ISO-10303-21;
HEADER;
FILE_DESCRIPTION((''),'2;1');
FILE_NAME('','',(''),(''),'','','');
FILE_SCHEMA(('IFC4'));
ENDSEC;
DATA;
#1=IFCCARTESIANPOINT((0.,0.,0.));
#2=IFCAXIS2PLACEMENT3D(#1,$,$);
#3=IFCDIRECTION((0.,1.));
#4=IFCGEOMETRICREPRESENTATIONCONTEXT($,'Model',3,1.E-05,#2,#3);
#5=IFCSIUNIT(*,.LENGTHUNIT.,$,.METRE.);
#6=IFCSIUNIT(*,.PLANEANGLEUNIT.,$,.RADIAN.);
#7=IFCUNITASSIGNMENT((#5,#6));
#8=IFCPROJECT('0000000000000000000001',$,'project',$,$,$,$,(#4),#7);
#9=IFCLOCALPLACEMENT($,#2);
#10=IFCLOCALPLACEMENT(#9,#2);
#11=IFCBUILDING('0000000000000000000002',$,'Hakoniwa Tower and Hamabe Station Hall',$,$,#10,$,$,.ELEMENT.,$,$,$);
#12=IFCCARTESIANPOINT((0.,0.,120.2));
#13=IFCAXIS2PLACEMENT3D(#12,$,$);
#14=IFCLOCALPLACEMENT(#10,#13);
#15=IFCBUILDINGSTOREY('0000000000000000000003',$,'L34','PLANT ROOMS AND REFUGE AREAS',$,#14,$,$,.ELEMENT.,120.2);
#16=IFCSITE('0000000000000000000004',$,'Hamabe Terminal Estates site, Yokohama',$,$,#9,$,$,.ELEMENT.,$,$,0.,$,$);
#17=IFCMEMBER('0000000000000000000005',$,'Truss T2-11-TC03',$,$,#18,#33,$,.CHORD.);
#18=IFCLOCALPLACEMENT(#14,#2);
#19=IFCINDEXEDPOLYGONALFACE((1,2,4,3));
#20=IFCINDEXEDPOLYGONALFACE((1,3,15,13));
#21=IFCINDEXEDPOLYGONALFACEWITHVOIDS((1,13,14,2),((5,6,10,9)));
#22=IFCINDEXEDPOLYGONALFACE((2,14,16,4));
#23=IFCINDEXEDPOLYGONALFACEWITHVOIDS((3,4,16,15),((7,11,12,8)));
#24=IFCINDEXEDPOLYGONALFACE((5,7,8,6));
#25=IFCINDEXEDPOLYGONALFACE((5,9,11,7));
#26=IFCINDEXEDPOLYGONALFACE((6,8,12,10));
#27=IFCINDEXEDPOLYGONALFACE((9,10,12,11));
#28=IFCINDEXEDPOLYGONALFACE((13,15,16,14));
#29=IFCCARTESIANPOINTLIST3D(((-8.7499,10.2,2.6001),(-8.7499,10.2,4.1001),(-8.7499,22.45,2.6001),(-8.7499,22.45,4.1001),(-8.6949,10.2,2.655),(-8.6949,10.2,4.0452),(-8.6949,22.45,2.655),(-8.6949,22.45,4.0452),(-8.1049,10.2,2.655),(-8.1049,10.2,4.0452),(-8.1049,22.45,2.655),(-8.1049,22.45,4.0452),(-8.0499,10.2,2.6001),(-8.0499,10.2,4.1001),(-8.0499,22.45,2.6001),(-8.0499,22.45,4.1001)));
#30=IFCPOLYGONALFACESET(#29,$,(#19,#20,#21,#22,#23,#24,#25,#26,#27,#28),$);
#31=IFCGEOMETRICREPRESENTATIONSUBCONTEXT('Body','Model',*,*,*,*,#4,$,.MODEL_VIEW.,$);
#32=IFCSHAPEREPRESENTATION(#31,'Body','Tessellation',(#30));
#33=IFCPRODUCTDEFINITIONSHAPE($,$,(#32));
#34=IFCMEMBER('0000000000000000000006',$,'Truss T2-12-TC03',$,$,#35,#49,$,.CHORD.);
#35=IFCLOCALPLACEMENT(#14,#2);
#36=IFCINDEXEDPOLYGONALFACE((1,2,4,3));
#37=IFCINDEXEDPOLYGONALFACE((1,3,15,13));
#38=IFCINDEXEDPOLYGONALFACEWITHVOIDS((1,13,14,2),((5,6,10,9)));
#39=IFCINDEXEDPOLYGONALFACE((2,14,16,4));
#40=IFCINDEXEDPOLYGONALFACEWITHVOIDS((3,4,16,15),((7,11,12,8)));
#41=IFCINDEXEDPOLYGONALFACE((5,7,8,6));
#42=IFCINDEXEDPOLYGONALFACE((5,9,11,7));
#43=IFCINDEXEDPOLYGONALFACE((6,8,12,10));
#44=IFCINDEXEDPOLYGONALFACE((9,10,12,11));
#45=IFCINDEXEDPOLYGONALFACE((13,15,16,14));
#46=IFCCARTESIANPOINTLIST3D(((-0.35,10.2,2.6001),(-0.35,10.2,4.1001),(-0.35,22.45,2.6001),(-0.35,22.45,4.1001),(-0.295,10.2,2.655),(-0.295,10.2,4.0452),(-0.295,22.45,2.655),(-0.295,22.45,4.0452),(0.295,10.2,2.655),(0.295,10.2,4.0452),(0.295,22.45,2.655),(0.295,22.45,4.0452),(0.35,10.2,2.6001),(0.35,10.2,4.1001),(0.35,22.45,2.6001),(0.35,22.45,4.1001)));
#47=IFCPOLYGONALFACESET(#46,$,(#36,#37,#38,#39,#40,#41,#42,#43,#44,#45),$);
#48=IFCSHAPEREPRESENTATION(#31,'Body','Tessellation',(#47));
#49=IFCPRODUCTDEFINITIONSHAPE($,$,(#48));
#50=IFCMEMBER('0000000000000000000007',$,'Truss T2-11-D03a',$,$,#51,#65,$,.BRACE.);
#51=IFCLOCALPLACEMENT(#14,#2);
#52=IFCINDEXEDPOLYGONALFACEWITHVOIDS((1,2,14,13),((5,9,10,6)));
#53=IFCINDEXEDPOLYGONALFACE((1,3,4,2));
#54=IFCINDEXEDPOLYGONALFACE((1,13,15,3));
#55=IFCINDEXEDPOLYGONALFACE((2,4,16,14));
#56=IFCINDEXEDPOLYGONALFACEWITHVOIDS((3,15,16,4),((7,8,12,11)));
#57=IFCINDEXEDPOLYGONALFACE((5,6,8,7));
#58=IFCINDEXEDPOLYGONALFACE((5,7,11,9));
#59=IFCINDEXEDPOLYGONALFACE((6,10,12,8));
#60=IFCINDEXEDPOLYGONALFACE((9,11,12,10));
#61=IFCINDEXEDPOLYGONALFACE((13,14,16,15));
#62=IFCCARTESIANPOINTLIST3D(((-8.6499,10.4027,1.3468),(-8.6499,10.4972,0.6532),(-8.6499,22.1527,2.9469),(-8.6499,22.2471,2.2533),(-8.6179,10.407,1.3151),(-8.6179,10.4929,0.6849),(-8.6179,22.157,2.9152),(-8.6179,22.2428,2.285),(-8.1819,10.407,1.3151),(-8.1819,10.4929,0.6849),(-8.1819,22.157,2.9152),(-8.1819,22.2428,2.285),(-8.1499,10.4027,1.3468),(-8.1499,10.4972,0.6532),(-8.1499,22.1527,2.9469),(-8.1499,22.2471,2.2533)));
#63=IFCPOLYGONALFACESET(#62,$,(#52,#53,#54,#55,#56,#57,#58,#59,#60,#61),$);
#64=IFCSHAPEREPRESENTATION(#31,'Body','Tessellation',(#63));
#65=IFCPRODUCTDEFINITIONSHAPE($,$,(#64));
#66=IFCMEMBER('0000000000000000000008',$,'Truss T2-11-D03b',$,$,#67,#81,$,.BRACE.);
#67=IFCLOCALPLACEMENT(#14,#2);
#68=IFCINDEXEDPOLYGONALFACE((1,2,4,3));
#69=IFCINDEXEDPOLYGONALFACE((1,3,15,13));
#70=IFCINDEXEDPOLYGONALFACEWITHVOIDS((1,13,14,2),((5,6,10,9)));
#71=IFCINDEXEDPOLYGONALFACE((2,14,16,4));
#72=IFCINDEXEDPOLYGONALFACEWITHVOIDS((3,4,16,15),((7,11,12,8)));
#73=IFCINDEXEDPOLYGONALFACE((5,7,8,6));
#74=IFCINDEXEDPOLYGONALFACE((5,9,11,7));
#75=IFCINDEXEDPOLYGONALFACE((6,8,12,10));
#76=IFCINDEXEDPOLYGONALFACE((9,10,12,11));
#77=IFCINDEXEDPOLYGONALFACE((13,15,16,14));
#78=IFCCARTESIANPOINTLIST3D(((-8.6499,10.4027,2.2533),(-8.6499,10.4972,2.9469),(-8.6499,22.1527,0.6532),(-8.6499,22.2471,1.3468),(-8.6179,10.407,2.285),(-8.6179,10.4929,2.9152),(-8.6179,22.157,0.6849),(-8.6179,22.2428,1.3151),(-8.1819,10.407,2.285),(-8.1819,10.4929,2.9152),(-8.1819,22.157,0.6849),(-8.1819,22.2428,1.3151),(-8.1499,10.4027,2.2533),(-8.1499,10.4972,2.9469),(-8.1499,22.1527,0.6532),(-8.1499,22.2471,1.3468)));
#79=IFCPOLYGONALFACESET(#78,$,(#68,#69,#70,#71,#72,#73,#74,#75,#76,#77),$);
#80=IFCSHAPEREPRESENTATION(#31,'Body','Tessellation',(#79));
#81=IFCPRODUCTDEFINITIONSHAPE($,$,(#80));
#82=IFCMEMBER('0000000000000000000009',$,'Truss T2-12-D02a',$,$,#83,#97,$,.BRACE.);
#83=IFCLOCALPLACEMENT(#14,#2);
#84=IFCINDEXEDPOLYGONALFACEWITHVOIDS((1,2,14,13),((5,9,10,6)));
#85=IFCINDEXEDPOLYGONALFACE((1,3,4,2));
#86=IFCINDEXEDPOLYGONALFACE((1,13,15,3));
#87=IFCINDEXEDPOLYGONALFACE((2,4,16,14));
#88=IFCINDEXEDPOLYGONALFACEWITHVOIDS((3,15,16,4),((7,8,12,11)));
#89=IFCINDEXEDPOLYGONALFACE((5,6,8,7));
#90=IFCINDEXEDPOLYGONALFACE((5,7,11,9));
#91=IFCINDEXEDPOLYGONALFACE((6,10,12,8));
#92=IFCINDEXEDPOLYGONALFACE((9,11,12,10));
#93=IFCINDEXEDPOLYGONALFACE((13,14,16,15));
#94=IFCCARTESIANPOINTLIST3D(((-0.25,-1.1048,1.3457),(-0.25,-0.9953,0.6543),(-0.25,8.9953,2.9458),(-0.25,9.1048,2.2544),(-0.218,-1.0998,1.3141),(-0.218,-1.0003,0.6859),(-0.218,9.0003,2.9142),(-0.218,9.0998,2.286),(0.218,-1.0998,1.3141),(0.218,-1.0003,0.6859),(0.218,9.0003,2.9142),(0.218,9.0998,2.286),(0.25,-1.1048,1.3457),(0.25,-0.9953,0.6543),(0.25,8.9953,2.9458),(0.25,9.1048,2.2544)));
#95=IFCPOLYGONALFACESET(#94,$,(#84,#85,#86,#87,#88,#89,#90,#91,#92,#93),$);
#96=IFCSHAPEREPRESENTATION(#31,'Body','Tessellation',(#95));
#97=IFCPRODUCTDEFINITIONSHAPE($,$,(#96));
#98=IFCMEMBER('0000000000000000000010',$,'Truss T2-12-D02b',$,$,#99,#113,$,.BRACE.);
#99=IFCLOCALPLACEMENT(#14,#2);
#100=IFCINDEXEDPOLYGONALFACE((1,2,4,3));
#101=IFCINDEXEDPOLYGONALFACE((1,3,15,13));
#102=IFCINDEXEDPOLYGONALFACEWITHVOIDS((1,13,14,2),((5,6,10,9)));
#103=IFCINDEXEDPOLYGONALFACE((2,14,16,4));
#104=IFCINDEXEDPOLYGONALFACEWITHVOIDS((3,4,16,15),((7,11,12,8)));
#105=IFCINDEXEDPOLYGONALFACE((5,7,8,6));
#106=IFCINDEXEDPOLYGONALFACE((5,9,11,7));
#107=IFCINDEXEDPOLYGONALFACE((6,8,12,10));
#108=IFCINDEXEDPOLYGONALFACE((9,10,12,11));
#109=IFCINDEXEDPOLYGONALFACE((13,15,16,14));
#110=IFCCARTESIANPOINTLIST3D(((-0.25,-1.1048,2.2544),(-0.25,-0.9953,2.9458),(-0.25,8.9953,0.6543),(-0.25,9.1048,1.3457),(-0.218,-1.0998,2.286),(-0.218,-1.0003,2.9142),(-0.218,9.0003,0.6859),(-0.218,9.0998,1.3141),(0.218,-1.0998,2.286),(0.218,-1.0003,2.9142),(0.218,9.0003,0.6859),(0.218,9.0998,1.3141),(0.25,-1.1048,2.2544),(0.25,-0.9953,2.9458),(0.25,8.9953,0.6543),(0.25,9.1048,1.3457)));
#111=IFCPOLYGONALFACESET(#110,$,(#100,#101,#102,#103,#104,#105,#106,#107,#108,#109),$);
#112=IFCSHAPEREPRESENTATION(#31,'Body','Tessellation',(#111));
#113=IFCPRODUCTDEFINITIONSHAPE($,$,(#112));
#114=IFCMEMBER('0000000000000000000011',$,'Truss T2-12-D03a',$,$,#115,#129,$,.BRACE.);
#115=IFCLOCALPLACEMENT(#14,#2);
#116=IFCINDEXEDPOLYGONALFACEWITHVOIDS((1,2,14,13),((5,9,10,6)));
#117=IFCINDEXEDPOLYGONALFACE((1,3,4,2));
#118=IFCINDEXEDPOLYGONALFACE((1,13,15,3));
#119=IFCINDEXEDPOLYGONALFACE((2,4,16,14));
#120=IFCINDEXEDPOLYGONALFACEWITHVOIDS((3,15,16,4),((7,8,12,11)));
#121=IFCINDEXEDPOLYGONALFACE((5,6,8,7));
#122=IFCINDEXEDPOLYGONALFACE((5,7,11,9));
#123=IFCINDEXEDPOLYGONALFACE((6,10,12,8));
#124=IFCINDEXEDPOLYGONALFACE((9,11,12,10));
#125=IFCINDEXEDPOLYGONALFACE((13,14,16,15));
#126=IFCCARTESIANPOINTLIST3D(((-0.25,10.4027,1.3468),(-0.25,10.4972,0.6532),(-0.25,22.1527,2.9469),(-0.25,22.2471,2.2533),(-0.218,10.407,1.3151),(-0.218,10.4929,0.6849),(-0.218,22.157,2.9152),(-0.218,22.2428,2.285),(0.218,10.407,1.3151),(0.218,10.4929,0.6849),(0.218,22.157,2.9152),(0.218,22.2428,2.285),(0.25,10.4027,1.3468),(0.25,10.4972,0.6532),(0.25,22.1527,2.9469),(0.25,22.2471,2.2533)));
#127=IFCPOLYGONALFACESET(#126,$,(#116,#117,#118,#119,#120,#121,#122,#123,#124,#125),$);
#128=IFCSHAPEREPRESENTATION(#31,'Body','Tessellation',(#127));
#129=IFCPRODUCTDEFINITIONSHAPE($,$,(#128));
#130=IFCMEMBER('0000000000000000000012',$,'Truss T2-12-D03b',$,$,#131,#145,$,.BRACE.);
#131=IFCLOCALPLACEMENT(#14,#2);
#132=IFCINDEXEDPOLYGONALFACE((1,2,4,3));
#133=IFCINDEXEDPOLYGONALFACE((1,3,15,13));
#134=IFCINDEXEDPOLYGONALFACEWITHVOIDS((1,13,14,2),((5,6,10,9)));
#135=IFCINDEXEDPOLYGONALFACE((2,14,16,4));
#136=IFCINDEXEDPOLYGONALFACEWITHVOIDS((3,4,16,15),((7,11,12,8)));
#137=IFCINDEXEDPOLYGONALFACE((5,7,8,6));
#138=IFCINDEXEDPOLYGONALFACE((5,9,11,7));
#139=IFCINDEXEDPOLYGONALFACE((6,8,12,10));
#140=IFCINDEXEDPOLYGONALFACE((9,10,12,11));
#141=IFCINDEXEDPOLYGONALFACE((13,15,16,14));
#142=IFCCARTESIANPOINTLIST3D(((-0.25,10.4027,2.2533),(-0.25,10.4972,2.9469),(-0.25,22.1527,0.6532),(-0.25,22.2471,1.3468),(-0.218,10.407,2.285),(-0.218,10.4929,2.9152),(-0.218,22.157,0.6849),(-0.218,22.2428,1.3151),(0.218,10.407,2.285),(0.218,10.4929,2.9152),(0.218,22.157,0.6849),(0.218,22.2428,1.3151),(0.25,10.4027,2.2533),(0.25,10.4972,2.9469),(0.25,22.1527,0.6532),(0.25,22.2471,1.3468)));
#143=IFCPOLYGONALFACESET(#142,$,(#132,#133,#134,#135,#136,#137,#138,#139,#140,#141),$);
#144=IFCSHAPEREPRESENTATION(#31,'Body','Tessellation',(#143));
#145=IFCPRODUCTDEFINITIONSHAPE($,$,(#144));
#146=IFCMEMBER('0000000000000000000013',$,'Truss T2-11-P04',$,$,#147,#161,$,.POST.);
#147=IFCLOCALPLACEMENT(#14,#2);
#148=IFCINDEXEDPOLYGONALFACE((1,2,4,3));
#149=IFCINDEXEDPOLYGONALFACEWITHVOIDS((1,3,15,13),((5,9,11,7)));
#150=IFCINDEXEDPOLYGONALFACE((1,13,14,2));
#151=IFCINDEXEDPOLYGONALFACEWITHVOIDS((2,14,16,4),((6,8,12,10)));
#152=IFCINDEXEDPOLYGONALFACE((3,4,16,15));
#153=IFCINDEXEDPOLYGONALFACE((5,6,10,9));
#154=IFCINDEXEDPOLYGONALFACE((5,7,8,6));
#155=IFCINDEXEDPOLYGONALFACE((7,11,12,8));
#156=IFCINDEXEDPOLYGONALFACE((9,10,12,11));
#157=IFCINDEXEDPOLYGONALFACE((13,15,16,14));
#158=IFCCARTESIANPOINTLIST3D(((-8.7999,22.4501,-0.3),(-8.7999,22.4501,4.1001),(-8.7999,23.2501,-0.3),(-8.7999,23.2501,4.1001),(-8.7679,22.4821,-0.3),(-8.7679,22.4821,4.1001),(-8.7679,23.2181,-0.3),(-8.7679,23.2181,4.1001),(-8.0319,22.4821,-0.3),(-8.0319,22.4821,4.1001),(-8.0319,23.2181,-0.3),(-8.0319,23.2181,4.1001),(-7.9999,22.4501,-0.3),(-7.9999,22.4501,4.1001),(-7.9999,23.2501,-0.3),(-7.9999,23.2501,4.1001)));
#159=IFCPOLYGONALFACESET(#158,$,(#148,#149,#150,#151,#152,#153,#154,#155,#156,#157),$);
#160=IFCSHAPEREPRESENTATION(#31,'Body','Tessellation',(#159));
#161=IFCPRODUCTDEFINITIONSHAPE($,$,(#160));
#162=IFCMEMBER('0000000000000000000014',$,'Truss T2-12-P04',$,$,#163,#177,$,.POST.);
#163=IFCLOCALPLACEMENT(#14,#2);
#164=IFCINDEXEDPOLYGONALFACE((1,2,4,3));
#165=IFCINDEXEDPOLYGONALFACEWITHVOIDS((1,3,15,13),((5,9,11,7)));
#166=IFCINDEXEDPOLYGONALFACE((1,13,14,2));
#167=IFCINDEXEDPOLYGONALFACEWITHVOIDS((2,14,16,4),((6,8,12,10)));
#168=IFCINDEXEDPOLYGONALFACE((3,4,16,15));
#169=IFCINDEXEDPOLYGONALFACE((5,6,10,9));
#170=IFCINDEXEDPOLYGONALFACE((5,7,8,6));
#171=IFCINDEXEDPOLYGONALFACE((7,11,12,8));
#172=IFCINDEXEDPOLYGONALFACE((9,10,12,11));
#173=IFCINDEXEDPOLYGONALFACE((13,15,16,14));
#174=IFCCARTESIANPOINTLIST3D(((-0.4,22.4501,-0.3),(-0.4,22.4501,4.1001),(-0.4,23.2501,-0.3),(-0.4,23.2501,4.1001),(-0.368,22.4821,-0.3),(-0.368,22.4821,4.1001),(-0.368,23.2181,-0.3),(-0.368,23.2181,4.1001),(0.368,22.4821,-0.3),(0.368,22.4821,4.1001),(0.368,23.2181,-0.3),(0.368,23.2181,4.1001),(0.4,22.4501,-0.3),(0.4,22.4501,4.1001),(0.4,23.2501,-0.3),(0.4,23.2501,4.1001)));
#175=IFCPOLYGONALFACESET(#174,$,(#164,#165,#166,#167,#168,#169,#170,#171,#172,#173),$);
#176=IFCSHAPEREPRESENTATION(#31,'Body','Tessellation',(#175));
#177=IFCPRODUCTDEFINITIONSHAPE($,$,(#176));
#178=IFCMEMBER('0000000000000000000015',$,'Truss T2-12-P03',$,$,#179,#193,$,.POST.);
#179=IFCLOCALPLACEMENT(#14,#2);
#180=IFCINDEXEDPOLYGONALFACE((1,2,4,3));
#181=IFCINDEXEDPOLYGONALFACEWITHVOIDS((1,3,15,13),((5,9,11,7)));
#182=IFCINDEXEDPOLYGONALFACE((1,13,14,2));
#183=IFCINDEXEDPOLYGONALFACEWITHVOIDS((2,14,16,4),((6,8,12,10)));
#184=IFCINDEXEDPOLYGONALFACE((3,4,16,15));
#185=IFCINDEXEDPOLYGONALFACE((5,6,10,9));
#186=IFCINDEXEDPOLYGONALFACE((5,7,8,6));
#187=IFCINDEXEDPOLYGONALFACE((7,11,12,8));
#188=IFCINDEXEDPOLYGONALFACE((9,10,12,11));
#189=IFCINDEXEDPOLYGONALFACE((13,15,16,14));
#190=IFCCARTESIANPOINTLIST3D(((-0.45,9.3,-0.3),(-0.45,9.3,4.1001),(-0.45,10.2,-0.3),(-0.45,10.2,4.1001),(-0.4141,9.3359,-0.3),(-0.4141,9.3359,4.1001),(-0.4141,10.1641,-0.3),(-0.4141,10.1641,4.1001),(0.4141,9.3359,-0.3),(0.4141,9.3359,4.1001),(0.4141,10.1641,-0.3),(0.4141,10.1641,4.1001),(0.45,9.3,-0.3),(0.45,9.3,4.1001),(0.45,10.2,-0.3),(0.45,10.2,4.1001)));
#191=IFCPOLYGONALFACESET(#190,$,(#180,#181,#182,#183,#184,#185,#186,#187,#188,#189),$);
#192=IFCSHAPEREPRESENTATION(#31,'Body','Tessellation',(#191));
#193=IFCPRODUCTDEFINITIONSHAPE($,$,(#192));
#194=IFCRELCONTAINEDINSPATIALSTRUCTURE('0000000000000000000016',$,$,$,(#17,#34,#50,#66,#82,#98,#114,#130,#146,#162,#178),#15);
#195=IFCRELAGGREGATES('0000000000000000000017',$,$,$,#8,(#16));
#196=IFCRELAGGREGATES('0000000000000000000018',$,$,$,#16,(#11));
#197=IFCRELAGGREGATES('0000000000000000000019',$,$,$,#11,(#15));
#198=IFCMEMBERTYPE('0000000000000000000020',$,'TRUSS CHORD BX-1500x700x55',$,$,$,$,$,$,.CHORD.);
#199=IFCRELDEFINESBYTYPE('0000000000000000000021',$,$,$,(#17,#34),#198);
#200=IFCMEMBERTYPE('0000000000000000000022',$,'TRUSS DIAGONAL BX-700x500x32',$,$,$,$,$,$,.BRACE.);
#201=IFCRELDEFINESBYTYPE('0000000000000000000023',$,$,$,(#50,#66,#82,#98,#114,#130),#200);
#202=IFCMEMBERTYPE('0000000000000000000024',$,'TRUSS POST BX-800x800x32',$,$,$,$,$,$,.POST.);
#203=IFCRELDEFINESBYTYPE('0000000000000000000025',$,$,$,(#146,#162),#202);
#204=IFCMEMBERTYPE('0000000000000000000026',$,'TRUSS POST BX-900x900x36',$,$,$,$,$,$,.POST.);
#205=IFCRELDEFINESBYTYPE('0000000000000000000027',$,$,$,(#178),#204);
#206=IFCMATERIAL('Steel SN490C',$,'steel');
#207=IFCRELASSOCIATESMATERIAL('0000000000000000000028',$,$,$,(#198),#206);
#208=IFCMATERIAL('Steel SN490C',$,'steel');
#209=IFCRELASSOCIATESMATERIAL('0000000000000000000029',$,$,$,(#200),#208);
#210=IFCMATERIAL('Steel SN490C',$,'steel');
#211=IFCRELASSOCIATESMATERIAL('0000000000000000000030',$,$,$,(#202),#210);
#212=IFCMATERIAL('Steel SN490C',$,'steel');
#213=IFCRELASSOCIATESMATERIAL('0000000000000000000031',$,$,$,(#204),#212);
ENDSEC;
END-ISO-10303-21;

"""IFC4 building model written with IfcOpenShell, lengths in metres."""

from ifc_helpers import new_model, si_unit, direction, frame, origin, origin_2d, place, context, subcontext, project, spatial, hollow_rectangle, extrude, material, material_profile, profile_set, type_object, element, save


model = new_model("IFC4")

# Units and contexts
model_context = context("Model", 3, precision=1e-05, world=origin(), true_north=direction((0.0, 1.0)))
body_context = subcontext(model_context, "Body", "Model", "MODEL_VIEW")
ifc_project = project(units=[si_unit("LENGTHUNIT", "METRE"), si_unit("PLANEANGLEUNIT", "RADIAN")], contexts=[model_context])

# Site, building, storey
site_placement = place(None, origin())
site = spatial("IfcSite", under=ifc_project, at=site_placement, Name="Hamabe Terminal Estates site, Yokohama", CompositionType="ELEMENT", RefElevation=0.0)
building_placement = place(site_placement, origin())
building = spatial("IfcBuilding", under=site, at=building_placement, Name="Hakoniwa Tower and Hamabe Station Hall", CompositionType="ELEMENT")
storey_placement = place(building_placement, frame((0.0, 0.0, 120.2)))
storey = spatial("IfcBuildingStorey", under=building, at=storey_placement, Name="L34", Description="PLANT ROOMS AND REFUGE AREAS", CompositionType="ELEMENT", Elevation=120.2)

# Members
ifc_material_1 = material(Name="Steel SN490C", Category="steel")
ifc_material_profile_1 = material_profile(ifc_material_1, hollow_rectangle(XDim=0.7, YDim=1.5, WallThickness=0.0549, at=origin_2d()), Name="BX-1500x700x55")
ifc_profile_set_1 = profile_set([ifc_material_profile_1], Name="Steel SN490C")
member_type_1 = type_object("IfcMemberType", Name="TRUSS CHORD BX-1500x700x55", PredefinedType="CHORD", material=ifc_profile_set_1)
for number, where, z_axis, x_axis, name in (
    (1, (-8.3999, 10.2, 3.3501), (0.0, 1.0, 0.0), (-1.0, 0.0, 0.0), "Truss T2-11-TC03"),
    (2, (0.0, 10.2, 3.3501), (0.0, 1.0, 0.0), (-1.0, 0.0, 0.0), "Truss T2-12-TC03"),
):
    element("IfcMember", number, at=place(storey_placement, frame(where, z_axis=z_axis, x_axis=x_axis)), inside=storey, type_object=member_type_1, Name=name, PredefinedType="CHORD", context=body_context, shape_type="SweptSolid", body=[
        extrude(hollow_rectangle(XDim=0.7, YDim=1.5, WallThickness=0.0549, at=origin_2d()), origin(), (0.0, 0.0, 1.0), 12.25),
    ])
ifc_material_2 = material(Name="Steel SN490C", Category="steel")
ifc_material_profile_2 = material_profile(ifc_material_2, hollow_rectangle(XDim=0.5, YDim=0.7, WallThickness=0.032, at=origin_2d()), Name="BX-700x500x32")
ifc_profile_set_2 = profile_set([ifc_material_profile_2], Name="Steel SN490C")
member_type_2 = type_object("IfcMemberType", Name="TRUSS DIAGONAL BX-700x500x32", PredefinedType="BRACE", material=ifc_profile_set_2)
for number, where, z_axis, x_axis, name in (
    (3, (-8.3999, 10.45, 1.0), (0.0, 0.990855, 0.134933), (-1.0, 0.0, 0.0), "Truss T2-11-D03a"),
    (4, (-8.3999, 10.45, 2.6001), (0.0, 0.990855, -0.134933), (-1.0, 0.0, 0.0), "Truss T2-11-D03b"),
):
    element("IfcMember", number, at=place(storey_placement, frame(where, z_axis=z_axis, x_axis=x_axis)), inside=storey, type_object=member_type_2, Name=name, PredefinedType="BRACE", context=body_context, shape_type="SweptSolid", body=[
        extrude(hollow_rectangle(XDim=0.5, YDim=0.7, WallThickness=0.032, at=origin_2d()), origin(), (0.0, 0.0, 1.0), 11.8584),
    ])
for number, where, z_axis, x_axis, name in (
    (5, (0.0, -1.05, 1.0), (0.0, 0.987682, 0.156473), (-1.0, 0.0, 0.0), "Truss T2-12-D02a"),
    (6, (0.0, -1.05, 2.6001), (0.0, 0.987682, -0.156473), (-1.0, 0.0, 0.0), "Truss T2-12-D02b"),
):
    element("IfcMember", number, at=place(storey_placement, frame(where, z_axis=z_axis, x_axis=x_axis)), inside=storey, type_object=member_type_2, Name=name, PredefinedType="BRACE", context=body_context, shape_type="SweptSolid", body=[
        extrude(hollow_rectangle(XDim=0.5, YDim=0.7, WallThickness=0.032, at=origin_2d()), origin(), (0.0, 0.0, 1.0), 10.2261),
    ])
for number, where, z_axis, x_axis, name in (
    (7, (0.0, 10.45, 1.0), (0.0, 0.990855, 0.134933), (-1.0, 0.0, 0.0), "Truss T2-12-D03a"),
    (8, (0.0, 10.45, 2.6001), (0.0, 0.990855, -0.134933), (-1.0, 0.0, 0.0), "Truss T2-12-D03b"),
):
    element("IfcMember", number, at=place(storey_placement, frame(where, z_axis=z_axis, x_axis=x_axis)), inside=storey, type_object=member_type_2, Name=name, PredefinedType="BRACE", context=body_context, shape_type="SweptSolid", body=[
        extrude(hollow_rectangle(XDim=0.5, YDim=0.7, WallThickness=0.032, at=origin_2d()), origin(), (0.0, 0.0, 1.0), 11.8584),
    ])
ifc_material_3 = material(Name="Steel SN490C", Category="steel")
ifc_material_profile_3 = material_profile(ifc_material_3, hollow_rectangle(XDim=0.8, YDim=0.8, WallThickness=0.032, at=origin_2d()), Name="BX-800x800x32")
ifc_profile_set_3 = profile_set([ifc_material_profile_3], Name="Steel SN490C")
member_type_3 = type_object("IfcMemberType", Name="TRUSS POST BX-800x800x32", PredefinedType="POST", material=ifc_profile_set_3)
for number, where, z_axis, x_axis, name in (
    (9, (-8.3999, 22.8501, -0.3), (0.0, 0.0, 1.0), (1.0, 0.0, 0.0), "Truss T2-11-P04"),
    (10, (0.0, 22.8501, -0.3), (0.0, 0.0, 1.0), (1.0, 0.0, 0.0), "Truss T2-12-P04"),
):
    element("IfcMember", number, at=place(storey_placement, frame(where, z_axis=z_axis, x_axis=x_axis)), inside=storey, type_object=member_type_3, Name=name, PredefinedType="POST", context=body_context, shape_type="SweptSolid", body=[
        extrude(hollow_rectangle(XDim=0.8, YDim=0.8, WallThickness=0.032, at=origin_2d()), origin(), (0.0, 0.0, 1.0), 4.4001),
    ])
ifc_material_4 = material(Name="Steel SN490C", Category="steel")
ifc_material_profile_4 = material_profile(ifc_material_4, hollow_rectangle(XDim=0.8999, YDim=0.8999, WallThickness=0.0359, at=origin_2d()), Name="BX-900x900x36")
ifc_profile_set_4 = profile_set([ifc_material_profile_4], Name="Steel SN490C")
member_type_4 = type_object("IfcMemberType", Name="TRUSS POST BX-900x900x36", PredefinedType="POST", material=ifc_profile_set_4)
member_1_placement = place(storey_placement, frame((0.0, 9.75, -0.3), z_axis=(0.0, 0.0, 1.0), x_axis=(1.0, 0.0, 0.0)))
element("IfcMember", 11, at=member_1_placement, inside=storey, type_object=member_type_4, Name="Truss T2-12-P03", PredefinedType="POST", context=body_context, shape_type="SweptSolid", body=[
    extrude(hollow_rectangle(XDim=0.8999, YDim=0.8999, WallThickness=0.0359, at=origin_2d()), origin(), (0.0, 0.0, 1.0), 4.4001),
])

save(model, "model.ifc")
